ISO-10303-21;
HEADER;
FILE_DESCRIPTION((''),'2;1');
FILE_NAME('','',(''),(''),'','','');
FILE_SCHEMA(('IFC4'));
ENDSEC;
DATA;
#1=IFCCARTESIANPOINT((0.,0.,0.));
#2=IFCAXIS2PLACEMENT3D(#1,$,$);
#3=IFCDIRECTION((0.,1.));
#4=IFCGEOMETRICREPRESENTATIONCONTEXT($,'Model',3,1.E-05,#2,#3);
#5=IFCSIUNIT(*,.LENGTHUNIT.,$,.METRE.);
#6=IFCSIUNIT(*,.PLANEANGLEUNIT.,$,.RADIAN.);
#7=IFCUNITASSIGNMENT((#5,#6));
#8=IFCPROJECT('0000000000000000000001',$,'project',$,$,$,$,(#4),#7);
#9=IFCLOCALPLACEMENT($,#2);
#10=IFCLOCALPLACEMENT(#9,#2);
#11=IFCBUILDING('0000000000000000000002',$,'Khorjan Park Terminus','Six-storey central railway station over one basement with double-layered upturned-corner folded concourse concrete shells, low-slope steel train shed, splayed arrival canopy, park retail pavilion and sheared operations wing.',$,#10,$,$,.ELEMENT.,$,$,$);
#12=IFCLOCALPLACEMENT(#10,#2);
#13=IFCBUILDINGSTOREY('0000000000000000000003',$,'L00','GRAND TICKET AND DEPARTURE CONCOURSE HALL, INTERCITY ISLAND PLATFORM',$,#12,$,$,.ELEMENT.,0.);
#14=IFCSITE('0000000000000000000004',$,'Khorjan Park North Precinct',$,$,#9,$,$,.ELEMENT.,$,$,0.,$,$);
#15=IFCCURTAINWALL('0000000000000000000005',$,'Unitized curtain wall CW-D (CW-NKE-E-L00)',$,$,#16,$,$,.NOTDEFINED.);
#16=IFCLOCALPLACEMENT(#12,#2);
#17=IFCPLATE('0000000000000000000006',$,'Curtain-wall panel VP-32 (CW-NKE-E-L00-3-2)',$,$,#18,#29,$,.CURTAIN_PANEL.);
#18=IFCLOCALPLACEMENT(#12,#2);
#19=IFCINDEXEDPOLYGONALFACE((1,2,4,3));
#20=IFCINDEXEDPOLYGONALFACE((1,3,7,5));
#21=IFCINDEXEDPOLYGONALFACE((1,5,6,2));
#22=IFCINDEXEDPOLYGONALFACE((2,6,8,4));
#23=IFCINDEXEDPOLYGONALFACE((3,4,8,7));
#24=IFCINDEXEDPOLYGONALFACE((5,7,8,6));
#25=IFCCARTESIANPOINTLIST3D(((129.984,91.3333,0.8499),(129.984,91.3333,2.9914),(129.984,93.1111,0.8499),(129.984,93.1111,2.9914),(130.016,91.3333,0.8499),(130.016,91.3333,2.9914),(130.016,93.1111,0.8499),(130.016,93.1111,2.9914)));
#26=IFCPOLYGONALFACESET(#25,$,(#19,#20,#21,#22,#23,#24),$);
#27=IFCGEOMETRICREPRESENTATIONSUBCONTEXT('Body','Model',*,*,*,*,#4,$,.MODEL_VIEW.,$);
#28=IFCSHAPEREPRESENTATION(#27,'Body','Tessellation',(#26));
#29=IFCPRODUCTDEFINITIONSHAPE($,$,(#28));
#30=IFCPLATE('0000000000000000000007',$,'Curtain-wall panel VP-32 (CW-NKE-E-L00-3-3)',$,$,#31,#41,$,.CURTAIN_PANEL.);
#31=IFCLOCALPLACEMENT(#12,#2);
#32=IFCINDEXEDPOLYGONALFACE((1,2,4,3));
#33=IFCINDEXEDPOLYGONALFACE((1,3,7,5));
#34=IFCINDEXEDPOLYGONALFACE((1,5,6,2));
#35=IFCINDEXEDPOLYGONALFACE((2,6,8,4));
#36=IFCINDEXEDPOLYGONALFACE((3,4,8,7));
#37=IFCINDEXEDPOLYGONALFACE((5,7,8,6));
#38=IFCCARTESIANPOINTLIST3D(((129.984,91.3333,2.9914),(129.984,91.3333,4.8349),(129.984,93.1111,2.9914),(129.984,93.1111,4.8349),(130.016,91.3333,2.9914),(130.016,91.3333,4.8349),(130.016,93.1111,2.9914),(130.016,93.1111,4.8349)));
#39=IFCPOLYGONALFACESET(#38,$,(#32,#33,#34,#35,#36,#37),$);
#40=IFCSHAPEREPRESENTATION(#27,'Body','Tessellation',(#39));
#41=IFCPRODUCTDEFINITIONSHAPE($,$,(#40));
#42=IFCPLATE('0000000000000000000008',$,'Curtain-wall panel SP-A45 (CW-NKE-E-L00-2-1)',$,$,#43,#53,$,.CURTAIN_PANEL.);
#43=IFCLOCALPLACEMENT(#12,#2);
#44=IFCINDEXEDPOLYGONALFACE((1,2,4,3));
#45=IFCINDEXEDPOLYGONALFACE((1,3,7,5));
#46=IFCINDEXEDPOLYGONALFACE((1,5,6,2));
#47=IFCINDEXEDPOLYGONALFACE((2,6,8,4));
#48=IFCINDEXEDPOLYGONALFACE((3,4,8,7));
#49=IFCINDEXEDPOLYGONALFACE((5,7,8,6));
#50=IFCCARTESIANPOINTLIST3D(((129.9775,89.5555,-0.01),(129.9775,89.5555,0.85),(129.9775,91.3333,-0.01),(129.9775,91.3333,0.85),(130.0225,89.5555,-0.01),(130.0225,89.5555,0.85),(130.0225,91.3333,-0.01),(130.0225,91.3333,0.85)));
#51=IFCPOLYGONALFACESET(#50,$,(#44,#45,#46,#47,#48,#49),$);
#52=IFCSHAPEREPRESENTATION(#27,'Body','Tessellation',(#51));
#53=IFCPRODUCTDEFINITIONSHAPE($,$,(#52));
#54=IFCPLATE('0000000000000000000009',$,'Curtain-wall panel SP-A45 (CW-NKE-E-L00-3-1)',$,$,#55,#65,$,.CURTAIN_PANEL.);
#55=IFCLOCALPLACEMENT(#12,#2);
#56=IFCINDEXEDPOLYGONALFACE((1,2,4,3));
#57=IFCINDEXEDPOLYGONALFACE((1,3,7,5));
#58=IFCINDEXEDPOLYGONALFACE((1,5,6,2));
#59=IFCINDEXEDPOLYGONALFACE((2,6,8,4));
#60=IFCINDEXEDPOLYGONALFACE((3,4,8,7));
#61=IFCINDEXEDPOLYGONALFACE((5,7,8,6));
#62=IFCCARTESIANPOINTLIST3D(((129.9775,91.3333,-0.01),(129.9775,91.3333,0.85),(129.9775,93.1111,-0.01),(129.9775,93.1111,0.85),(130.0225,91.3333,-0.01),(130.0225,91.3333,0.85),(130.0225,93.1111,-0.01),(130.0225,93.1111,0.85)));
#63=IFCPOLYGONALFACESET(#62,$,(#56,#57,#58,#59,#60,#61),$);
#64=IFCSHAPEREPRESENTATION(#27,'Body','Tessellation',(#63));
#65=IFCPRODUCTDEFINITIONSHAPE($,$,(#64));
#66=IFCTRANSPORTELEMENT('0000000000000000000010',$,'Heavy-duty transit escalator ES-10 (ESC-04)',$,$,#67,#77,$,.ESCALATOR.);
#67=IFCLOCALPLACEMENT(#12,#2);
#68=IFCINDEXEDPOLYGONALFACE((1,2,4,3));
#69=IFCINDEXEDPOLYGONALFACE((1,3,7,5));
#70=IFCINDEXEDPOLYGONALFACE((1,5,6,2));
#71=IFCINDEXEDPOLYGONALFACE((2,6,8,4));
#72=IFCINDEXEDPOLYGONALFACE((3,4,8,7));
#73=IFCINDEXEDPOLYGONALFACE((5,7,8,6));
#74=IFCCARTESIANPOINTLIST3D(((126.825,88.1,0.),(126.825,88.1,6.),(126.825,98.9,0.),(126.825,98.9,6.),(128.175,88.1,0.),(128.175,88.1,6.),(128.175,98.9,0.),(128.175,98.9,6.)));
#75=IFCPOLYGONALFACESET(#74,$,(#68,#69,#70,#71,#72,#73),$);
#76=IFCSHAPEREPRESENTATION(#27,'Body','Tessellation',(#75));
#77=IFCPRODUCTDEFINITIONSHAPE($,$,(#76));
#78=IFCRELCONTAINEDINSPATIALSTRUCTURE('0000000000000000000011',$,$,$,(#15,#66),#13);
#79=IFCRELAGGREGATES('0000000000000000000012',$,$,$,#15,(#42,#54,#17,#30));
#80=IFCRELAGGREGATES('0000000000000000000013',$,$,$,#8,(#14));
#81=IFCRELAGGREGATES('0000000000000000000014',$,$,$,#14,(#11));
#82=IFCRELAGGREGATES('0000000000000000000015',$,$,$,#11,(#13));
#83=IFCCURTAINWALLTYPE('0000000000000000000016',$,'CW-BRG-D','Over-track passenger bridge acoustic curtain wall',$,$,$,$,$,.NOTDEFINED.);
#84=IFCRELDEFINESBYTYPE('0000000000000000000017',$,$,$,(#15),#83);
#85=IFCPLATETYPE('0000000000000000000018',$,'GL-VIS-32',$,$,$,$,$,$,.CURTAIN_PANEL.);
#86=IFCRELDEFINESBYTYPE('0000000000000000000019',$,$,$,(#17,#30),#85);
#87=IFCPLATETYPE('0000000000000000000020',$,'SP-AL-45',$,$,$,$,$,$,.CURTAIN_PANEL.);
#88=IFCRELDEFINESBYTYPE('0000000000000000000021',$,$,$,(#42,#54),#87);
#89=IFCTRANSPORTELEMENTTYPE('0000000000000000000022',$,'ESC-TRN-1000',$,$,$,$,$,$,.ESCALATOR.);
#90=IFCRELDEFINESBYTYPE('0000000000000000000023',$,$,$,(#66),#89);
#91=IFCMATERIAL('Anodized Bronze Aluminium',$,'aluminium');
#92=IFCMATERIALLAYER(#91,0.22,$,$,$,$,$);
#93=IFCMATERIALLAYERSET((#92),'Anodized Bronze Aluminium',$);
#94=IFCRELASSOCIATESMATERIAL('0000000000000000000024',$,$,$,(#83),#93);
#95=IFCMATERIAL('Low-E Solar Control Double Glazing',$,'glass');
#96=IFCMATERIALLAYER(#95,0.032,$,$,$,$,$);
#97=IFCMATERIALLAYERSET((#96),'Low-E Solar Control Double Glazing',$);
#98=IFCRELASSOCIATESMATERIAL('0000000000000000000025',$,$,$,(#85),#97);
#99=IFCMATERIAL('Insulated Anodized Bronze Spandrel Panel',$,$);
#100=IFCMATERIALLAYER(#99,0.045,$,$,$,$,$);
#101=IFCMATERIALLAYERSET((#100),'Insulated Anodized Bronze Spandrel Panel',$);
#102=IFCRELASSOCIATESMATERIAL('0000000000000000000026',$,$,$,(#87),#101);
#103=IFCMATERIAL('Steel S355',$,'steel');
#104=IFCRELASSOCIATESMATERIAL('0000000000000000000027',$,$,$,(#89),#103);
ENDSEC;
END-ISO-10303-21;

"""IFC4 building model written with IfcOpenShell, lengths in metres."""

from ifc_helpers import new_model, si_unit, direction, frame, origin, origin_2d, place, context, subcontext, project, spatial, rectangle, extrude, material, layer, layer_set, type_object, element, aggregate, save


model = new_model("IFC4")

# Units and contexts
model_context = context("Model", 3, precision=1e-05, world=origin(), true_north=direction((0.0, 1.0)))
body_context = subcontext(model_context, "Body", "Model", "MODEL_VIEW")
ifc_project = project(units=[si_unit("LENGTHUNIT", "METRE"), si_unit("PLANEANGLEUNIT", "RADIAN")], contexts=[model_context])

# Site, building, storey
site_placement = place(None, origin())
site = spatial("IfcSite", under=ifc_project, at=site_placement, Name="Khorjan Park North Precinct", CompositionType="ELEMENT", RefElevation=0.0)
building_placement = place(site_placement, origin())
building = spatial("IfcBuilding", under=site, at=building_placement, Name="Khorjan Park Terminus", Description="Six-storey central railway station over one basement with double-layered upturned-corner folded concourse concrete shells, low-slope steel train shed, splayed arrival canopy, park retail pavilion and sheared operations wing.", CompositionType="ELEMENT")
storey_placement = place(building_placement, origin())
storey = spatial("IfcBuildingStorey", under=building, at=storey_placement, Name="L00", Description="GRAND TICKET AND DEPARTURE CONCOURSE HALL, INTERCITY ISLAND PLATFORM", CompositionType="ELEMENT", Elevation=0.0)

# Shared definitions
ifc_material_1 = material(Name="Steel S355", Category="steel")

# Curtain wall, plates
ifc_material_2 = material(Name="Anodized Bronze Aluminium", Category="aluminium")
ifc_layer_1 = layer(ifc_material_2, 0.22)
ifc_layer_set_1 = layer_set([ifc_layer_1], Name="Anodized Bronze Aluminium")
curtain_wall_type = type_object("IfcCurtainWallType", Name="CW-BRG-D", Description="Over-track passenger bridge acoustic curtain wall", PredefinedType="NOTDEFINED", material=ifc_layer_set_1)
curtain_wall_placement = place(storey_placement, origin())
curtain_wall = element("IfcCurtainWall", 1, at=curtain_wall_placement, inside=storey, type_object=curtain_wall_type, Name="Unitized curtain wall CW-D (CW-NKE-E-L00)", PredefinedType="NOTDEFINED")
ifc_material_3 = material(Name="Low-E Solar Control Double Glazing", Category="glass")
ifc_layer_2 = layer(ifc_material_3, 0.032)
ifc_layer_set_2 = layer_set([ifc_layer_2], Name="Low-E Solar Control Double Glazing")
plate_type_1 = type_object("IfcPlateType", Name="GL-VIS-32", PredefinedType="CURTAIN_PANEL", material=ifc_layer_set_2)
plate_1_placement = place(storey_placement, frame((130.0, 92.2222, 0.8499), z_axis=(0.0, 0.0, 1.0), x_axis=(0.0, 1.0, 0.0)))
plate_1 = element("IfcPlate", 2, at=plate_1_placement, type_object=plate_type_1, Name="Curtain-wall panel VP-32 (CW-NKE-E-L00-3-2)", PredefinedType="CURTAIN_PANEL", context=body_context, shape_type="SweptSolid", body=[
    extrude(rectangle(XDim=1.7778, YDim=0.032, at=origin_2d()), origin(), (0.0, 0.0, 1.0), 2.1415),
])
plate_2_placement = place(storey_placement, frame((130.0, 92.2222, 2.9914), z_axis=(0.0, 0.0, 1.0), x_axis=(0.0, 1.0, 0.0)))
plate_2 = element("IfcPlate", 3, at=plate_2_placement, type_object=plate_type_1, Name="Curtain-wall panel VP-32 (CW-NKE-E-L00-3-3)", PredefinedType="CURTAIN_PANEL", context=body_context, shape_type="SweptSolid", body=[
    extrude(rectangle(XDim=1.7778, YDim=0.032, at=origin_2d()), origin(), (0.0, 0.0, 1.0), 1.8435),
])
ifc_material_4 = material(Name="Insulated Anodized Bronze Spandrel Panel")
ifc_layer_3 = layer(ifc_material_4, 0.045)
ifc_layer_set_3 = layer_set([ifc_layer_3], Name="Insulated Anodized Bronze Spandrel Panel")
plate_type_2 = type_object("IfcPlateType", Name="SP-AL-45", PredefinedType="CURTAIN_PANEL", material=ifc_layer_set_3)
plate_3_placement = place(storey_placement, frame((130.0, 90.4444, -0.01), z_axis=(0.0, 0.0, 1.0), x_axis=(0.0, 1.0, 0.0)))
plate_3 = element("IfcPlate", 4, at=plate_3_placement, type_object=plate_type_2, Name="Curtain-wall panel SP-A45 (CW-NKE-E-L00-2-1)", PredefinedType="CURTAIN_PANEL", context=body_context, shape_type="SweptSolid", body=[
    extrude(rectangle(XDim=1.7778, YDim=0.045, at=origin_2d()), origin(), (0.0, 0.0, 1.0), 0.86),
])
plate_4_placement = place(storey_placement, frame((130.0, 92.2222, -0.01), z_axis=(0.0, 0.0, 1.0), x_axis=(0.0, 1.0, 0.0)))
plate_4 = element("IfcPlate", 5, at=plate_4_placement, type_object=plate_type_2, Name="Curtain-wall panel SP-A45 (CW-NKE-E-L00-3-1)", PredefinedType="CURTAIN_PANEL", context=body_context, shape_type="SweptSolid", body=[
    extrude(rectangle(XDim=1.7778, YDim=0.045, at=origin_2d()), origin(), (0.0, 0.0, 1.0), 0.86),
])
aggregate(curtain_wall, [plate_3, plate_4, plate_1, plate_2])

# Transport element
transport_element_type = type_object("IfcTransportElementType", Name="ESC-TRN-1000", PredefinedType="ESCALATOR", material=ifc_material_1)
transport_element_placement = place(storey_placement, frame((127.5, 93.5, 0.0), z_axis=(0.0, 0.0, 1.0), x_axis=(1.0, 0.0, 0.0)))
element("IfcTransportElement", 6, at=transport_element_placement, inside=storey, type_object=transport_element_type, Name="Heavy-duty transit escalator ES-10 (ESC-04)", PredefinedType="ESCALATOR", context=body_context, shape_type="SweptSolid", body=[
    extrude(rectangle(XDim=1.35, YDim=10.8, at=origin_2d()), origin(), (0.0, 0.0, 1.0), 6.0),
])

save(model, "model.ifc")
